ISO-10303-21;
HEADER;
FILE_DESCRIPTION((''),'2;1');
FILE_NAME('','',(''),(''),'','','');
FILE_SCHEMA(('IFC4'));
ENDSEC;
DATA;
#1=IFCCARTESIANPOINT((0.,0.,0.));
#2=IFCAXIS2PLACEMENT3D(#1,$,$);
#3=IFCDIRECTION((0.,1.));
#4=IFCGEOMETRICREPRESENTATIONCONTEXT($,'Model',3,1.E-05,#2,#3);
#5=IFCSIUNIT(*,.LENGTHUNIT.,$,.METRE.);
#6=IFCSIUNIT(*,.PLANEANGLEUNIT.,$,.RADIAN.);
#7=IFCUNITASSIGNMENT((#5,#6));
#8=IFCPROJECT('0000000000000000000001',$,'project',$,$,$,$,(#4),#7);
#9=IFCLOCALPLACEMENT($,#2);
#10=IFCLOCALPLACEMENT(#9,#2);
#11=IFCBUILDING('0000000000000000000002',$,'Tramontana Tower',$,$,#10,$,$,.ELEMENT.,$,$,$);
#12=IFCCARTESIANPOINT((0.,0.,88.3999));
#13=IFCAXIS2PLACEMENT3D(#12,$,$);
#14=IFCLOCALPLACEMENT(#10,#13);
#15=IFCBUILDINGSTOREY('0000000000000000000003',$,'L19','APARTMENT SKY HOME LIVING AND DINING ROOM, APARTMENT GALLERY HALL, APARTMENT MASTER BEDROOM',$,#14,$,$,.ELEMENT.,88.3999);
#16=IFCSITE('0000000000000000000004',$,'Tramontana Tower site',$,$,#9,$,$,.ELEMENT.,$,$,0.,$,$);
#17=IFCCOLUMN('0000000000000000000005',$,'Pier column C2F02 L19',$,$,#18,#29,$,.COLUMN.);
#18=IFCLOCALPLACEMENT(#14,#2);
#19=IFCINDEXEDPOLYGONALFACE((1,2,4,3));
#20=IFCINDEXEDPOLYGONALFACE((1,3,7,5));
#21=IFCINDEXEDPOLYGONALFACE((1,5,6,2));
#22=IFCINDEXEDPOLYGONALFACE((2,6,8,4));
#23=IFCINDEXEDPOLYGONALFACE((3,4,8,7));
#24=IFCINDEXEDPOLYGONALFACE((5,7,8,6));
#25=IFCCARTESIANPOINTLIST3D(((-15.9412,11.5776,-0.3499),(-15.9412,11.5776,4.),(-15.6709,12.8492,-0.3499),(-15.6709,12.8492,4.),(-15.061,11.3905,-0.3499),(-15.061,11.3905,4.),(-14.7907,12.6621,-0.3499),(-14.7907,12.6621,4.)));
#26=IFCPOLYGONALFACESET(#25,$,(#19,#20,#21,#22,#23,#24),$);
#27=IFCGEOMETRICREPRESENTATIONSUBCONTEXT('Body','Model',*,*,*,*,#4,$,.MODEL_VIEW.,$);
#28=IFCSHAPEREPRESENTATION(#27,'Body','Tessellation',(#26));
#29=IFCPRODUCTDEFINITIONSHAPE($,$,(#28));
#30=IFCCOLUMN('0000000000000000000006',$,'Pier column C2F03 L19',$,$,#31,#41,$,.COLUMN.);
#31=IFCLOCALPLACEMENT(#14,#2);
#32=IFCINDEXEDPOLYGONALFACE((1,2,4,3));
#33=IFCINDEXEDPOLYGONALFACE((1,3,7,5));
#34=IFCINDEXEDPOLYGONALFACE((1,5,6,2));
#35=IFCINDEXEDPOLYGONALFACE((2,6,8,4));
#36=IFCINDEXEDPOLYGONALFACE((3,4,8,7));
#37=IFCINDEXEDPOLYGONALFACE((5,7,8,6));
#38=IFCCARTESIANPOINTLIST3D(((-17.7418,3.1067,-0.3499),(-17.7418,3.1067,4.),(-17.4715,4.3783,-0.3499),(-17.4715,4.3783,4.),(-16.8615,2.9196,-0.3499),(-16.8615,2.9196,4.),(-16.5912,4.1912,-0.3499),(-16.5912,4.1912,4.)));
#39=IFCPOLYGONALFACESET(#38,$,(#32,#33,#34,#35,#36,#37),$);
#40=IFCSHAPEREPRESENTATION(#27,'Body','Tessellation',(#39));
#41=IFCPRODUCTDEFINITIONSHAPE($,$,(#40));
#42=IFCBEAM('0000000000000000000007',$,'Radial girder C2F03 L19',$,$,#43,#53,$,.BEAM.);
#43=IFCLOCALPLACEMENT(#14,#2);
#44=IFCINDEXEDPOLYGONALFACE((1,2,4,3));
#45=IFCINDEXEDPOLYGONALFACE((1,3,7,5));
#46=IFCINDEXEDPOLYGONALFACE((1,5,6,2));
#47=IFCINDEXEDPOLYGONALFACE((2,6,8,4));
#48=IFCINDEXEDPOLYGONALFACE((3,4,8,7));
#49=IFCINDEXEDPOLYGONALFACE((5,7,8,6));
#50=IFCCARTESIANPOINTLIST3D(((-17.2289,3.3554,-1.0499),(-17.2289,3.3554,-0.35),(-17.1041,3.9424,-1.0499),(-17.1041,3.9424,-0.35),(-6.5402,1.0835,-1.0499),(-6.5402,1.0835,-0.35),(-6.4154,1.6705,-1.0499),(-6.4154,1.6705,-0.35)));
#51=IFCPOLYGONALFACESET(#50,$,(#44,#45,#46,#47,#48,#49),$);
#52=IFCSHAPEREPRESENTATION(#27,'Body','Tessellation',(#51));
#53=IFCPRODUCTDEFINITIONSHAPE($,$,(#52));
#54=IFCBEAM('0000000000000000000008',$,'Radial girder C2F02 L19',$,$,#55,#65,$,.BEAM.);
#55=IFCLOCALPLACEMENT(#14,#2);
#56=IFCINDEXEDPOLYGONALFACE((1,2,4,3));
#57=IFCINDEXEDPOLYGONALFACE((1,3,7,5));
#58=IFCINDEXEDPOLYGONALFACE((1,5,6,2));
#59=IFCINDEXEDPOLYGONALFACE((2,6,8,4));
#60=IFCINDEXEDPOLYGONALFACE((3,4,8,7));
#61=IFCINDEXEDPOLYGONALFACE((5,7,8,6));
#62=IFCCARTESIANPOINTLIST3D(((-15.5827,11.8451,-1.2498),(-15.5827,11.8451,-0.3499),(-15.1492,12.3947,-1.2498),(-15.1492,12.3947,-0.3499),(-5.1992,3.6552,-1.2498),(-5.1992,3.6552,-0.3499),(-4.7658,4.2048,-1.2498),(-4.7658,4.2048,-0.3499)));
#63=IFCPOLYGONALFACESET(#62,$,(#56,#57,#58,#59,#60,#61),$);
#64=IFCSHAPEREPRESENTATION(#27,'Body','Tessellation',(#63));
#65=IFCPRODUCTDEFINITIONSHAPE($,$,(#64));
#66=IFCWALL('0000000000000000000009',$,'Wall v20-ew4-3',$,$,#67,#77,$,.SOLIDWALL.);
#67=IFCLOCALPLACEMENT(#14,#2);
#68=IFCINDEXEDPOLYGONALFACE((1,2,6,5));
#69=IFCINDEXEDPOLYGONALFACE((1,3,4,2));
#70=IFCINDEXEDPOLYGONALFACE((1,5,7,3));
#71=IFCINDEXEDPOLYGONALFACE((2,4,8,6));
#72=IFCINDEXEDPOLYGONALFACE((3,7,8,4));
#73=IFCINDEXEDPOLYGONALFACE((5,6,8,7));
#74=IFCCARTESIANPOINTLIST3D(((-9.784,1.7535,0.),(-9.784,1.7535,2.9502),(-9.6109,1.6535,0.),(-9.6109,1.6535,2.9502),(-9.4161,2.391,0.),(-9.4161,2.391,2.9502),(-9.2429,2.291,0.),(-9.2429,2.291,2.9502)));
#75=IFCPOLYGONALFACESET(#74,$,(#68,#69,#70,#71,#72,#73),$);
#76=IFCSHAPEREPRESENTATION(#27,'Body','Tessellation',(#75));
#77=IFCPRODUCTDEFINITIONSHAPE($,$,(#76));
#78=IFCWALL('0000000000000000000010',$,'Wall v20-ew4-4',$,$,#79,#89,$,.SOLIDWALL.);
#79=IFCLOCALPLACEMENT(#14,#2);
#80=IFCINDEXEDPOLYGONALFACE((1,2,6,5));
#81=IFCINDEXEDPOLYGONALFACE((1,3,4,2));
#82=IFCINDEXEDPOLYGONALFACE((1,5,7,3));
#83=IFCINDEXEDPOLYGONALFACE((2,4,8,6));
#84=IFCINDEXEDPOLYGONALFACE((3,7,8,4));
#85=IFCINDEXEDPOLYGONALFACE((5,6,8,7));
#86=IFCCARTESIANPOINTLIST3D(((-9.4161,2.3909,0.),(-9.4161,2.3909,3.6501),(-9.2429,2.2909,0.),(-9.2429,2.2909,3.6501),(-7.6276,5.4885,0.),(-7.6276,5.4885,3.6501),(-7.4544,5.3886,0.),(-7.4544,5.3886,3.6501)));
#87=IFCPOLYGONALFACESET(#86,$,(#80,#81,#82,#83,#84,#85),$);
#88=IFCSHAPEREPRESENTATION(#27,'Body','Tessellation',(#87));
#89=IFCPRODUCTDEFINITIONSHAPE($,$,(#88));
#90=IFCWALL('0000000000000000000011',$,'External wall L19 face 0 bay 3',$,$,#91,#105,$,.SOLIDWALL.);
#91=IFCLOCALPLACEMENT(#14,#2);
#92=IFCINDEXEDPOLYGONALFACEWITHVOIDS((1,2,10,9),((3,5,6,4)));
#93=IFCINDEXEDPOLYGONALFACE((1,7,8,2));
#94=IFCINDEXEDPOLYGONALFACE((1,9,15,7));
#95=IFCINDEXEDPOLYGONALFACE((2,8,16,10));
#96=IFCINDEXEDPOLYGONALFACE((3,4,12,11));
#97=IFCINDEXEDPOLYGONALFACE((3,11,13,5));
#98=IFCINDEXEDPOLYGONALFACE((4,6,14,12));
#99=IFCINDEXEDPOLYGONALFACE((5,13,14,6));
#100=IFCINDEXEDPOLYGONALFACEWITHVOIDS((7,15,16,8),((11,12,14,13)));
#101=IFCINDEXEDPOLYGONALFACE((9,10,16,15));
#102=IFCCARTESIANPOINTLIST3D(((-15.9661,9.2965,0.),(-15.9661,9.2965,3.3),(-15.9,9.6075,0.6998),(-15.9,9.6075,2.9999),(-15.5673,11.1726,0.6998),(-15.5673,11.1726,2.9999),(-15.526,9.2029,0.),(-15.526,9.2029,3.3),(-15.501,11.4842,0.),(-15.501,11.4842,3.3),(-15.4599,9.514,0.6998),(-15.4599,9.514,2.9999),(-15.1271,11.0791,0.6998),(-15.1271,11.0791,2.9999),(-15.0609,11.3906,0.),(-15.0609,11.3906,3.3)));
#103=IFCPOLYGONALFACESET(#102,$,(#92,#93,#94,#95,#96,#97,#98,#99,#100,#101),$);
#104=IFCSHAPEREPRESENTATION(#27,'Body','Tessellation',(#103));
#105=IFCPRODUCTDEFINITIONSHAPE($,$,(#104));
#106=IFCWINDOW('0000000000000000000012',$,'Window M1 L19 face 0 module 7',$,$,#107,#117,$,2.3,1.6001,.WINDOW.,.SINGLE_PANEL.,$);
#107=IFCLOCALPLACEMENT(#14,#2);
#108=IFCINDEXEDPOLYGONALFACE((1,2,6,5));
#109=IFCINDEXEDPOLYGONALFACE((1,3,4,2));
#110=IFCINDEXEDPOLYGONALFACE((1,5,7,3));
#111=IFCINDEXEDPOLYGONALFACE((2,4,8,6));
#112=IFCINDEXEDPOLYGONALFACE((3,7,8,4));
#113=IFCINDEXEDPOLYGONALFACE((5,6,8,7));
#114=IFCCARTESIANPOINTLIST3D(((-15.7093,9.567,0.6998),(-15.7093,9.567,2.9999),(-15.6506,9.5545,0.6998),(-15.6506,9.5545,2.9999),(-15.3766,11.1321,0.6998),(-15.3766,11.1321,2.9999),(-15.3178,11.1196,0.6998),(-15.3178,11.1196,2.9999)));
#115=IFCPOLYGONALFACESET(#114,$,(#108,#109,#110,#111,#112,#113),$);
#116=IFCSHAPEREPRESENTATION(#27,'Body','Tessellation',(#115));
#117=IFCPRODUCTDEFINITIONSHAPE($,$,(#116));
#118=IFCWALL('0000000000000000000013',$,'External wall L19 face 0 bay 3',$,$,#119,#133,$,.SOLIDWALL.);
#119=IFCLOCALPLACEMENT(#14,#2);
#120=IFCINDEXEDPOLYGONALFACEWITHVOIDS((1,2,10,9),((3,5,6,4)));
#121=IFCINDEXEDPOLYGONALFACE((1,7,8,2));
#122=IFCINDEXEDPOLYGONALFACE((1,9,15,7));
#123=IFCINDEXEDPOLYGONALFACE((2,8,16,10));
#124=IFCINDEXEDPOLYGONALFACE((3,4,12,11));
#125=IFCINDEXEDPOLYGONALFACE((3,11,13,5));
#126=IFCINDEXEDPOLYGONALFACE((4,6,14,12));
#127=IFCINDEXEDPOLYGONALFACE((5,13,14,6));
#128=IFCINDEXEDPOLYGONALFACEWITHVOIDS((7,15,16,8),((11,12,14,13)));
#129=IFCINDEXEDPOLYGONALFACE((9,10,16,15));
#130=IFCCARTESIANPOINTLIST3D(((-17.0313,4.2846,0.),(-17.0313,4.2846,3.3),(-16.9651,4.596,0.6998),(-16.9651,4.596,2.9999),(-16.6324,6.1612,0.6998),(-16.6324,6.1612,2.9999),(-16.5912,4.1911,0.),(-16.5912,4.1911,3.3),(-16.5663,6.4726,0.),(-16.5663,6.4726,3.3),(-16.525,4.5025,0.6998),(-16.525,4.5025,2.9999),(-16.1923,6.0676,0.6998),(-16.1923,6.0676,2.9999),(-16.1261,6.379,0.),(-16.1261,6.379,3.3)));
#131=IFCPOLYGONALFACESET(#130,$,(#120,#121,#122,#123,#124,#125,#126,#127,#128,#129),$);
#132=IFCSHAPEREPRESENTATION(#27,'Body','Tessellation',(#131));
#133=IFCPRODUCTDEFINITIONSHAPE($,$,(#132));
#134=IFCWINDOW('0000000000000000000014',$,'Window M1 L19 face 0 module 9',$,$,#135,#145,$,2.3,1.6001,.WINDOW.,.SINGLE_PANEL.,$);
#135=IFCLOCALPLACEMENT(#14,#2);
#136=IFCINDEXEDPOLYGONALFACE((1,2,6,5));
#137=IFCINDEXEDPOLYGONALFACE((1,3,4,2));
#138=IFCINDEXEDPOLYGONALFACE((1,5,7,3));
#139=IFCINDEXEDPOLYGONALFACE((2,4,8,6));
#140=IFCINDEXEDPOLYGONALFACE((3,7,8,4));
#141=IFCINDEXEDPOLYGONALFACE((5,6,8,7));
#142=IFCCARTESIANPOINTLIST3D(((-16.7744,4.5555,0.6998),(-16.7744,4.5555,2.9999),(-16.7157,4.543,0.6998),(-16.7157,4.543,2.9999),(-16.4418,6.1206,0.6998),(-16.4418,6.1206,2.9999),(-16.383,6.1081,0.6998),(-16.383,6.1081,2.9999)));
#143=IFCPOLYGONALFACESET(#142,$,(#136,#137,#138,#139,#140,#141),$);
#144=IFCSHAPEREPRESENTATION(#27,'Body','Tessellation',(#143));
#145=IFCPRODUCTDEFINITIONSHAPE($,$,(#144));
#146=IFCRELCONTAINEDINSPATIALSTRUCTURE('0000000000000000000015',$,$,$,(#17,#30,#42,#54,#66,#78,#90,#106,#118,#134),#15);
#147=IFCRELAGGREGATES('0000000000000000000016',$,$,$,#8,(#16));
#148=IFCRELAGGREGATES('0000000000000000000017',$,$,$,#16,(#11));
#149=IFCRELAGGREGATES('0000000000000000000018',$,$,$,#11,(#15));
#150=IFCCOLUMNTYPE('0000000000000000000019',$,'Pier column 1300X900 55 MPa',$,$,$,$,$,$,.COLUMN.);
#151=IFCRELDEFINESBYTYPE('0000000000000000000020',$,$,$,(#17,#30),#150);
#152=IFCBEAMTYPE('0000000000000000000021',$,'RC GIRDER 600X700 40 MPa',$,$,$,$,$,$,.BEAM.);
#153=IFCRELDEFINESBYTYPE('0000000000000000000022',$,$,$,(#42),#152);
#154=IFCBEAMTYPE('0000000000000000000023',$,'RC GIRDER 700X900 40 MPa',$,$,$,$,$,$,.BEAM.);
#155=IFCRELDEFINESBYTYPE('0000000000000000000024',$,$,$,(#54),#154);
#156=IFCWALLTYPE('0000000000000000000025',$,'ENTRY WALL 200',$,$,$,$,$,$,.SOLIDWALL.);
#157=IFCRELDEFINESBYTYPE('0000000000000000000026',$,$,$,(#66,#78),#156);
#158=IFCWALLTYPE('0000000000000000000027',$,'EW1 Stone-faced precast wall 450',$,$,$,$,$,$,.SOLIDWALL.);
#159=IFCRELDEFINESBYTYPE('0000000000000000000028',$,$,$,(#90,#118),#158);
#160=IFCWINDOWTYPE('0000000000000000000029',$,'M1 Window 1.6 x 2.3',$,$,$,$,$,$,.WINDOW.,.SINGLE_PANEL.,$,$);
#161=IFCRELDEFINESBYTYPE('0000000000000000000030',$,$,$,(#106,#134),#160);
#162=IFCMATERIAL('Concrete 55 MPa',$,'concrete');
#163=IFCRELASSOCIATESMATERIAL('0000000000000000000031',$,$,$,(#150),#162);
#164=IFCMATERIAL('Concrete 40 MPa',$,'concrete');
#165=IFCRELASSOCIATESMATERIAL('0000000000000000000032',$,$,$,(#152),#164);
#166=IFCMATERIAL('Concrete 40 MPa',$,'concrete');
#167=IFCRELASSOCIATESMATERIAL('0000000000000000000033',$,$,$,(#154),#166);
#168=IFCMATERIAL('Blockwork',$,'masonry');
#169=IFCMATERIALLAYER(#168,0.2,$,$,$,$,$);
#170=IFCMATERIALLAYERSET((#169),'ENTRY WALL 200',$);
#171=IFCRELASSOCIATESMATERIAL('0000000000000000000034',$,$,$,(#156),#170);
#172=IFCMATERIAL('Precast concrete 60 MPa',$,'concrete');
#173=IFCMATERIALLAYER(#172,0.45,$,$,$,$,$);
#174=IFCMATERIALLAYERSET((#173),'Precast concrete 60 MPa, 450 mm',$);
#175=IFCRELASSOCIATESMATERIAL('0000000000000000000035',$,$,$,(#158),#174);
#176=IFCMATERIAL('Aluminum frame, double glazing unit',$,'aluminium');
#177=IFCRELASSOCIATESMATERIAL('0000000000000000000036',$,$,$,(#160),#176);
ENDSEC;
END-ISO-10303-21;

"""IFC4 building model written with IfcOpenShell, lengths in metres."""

from ifc_helpers import new_model, si_unit, direction, frame, frame_2d, origin, origin_2d, place, context, subcontext, project, spatial, rectangle, extrude, material, layer, layer_set, material_profile, profile_set, type_object, element, fill, save


model = new_model("IFC4")

# Units and contexts
model_context = context("Model", 3, precision=1e-05, world=origin(), true_north=direction((0.0, 1.0)))
body_context = subcontext(model_context, "Body", "Model", "MODEL_VIEW")
ifc_project = project(units=[si_unit("LENGTHUNIT", "METRE"), si_unit("PLANEANGLEUNIT", "RADIAN")], contexts=[model_context])

# Site, building, storey
site_placement = place(None, origin())
site = spatial("IfcSite", under=ifc_project, at=site_placement, Name="Tramontana Tower site", CompositionType="ELEMENT", RefElevation=0.0)
building_placement = place(site_placement, origin())
building = spatial("IfcBuilding", under=site, at=building_placement, Name="Tramontana Tower", CompositionType="ELEMENT")
storey_placement = place(building_placement, frame((0.0, 0.0, 88.3999)))
storey = spatial("IfcBuildingStorey", under=building, at=storey_placement, Name="L19", Description="APARTMENT SKY HOME LIVING AND DINING ROOM, APARTMENT GALLERY HALL, APARTMENT MASTER BEDROOM", CompositionType="ELEMENT", Elevation=88.3999)

# Columns
ifc_material_1 = material(Name="Concrete 55 MPa", Category="concrete")
ifc_material_profile_1 = material_profile(ifc_material_1, rectangle(XDim=1.3, YDim=0.8999, at=origin_2d()), Name="Pier column 1300X900 55 MPa")
ifc_profile_set_1 = profile_set([ifc_material_profile_1], Name="Concrete 55 MPa")
column_type = type_object("IfcColumnType", Name="Pier column 1300X900 55 MPa", PredefinedType="COLUMN", material=ifc_profile_set_1)
for number, where, z_axis, x_axis, name in (
    (1, (-15.366, 12.1199, -0.3499), (0.0, 0.0, 1.0), (-0.207912, -0.978148, 0.0), "Pier column C2F02 L19"),
    (2, (-17.1665, 3.6489, -0.3499), (0.0, 0.0, 1.0), (-0.207912, -0.978148, 0.0), "Pier column C2F03 L19"),
):
    element("IfcColumn", number, at=place(storey_placement, frame(where, z_axis=z_axis, x_axis=x_axis)), inside=storey, type_object=column_type, Name=name, PredefinedType="COLUMN", context=body_context, shape_type="SweptSolid", body=[
        extrude(rectangle(XDim=1.3, YDim=0.8999, at=origin_2d()), origin(), (0.0, 0.0, 1.0), 4.3499),
    ])

# Beams
ifc_material_2 = material(Name="Concrete 40 MPa", Category="concrete")
ifc_material_profile_2 = material_profile(ifc_material_2, rectangle(XDim=0.6001, YDim=0.7, at=origin_2d()), Name="RC GIRDER 600X700 40 MPa")
ifc_profile_set_2 = profile_set([ifc_material_profile_2], Name="Concrete 40 MPa")
beam_type_1 = type_object("IfcBeamType", Name="RC GIRDER 600X700 40 MPa", PredefinedType="BEAM", material=ifc_profile_set_2)
beam_1_placement = place(storey_placement, frame((-17.1665, 3.6489, -0.7), z_axis=(0.978147, -0.207913, 0.0), x_axis=(0.207913, 0.978147, 0.0)))
element("IfcBeam", 3, at=beam_1_placement, inside=storey, type_object=beam_type_1, Name="Radial girder C2F03 L19", PredefinedType="BEAM", context=body_context, shape_type="SweptSolid", body=[
    extrude(rectangle(XDim=0.6001, YDim=0.7, at=origin_2d()), origin(), (0.0, 0.0, 1.0), 10.9275),
])
ifc_material_3 = material(Name="Concrete 40 MPa", Category="concrete")
ifc_material_profile_3 = material_profile(ifc_material_3, rectangle(XDim=0.7, YDim=0.8999, at=origin_2d()), Name="RC GIRDER 700X900 40 MPa")
ifc_profile_set_3 = profile_set([ifc_material_profile_3], Name="Concrete 40 MPa")
beam_type_2 = type_object("IfcBeamType", Name="RC GIRDER 700X900 40 MPa", PredefinedType="BEAM", material=ifc_profile_set_3)
beam_2_placement = place(storey_placement, frame((-15.366, 12.1199, -0.7998), z_axis=(0.785162, -0.61929, 0.0), x_axis=(0.61929, 0.785162, 0.0)))
element("IfcBeam", 4, at=beam_2_placement, inside=storey, type_object=beam_type_2, Name="Radial girder C2F02 L19", PredefinedType="BEAM", context=body_context, shape_type="SweptSolid", body=[
    extrude(rectangle(XDim=0.7, YDim=0.8999, at=origin_2d()), origin(), (0.0, 0.0, 1.0), 13.2246),
])

# Walls
ifc_material_4 = material(Name="Blockwork", Category="masonry")
ifc_layer_1 = layer(ifc_material_4, 0.2)
ifc_layer_set_1 = layer_set([ifc_layer_1], Name="ENTRY WALL 200")
wall_type_1 = type_object("IfcWallType", Name="ENTRY WALL 200", PredefinedType="SOLIDWALL", material=ifc_layer_set_1)
wall_1_placement = place(storey_placement, frame((-9.6975, 1.7034, 0.0), z_axis=(0.0, 0.0, 1.0), x_axis=(0.499885, 0.866092, 0.0)))
element("IfcWall", 5, at=wall_1_placement, inside=storey, type_object=wall_type_1, Name="Wall v20-ew4-3", PredefinedType="SOLIDWALL", context=body_context, shape_type="SweptSolid", body=[
    extrude(rectangle(XDim=0.7361, YDim=0.2, at=frame_2d((0.3682, 0.0))), origin(), (0.0, 0.0, 1.0), 2.9502),
])
wall_2_placement = place(storey_placement, frame((-9.3296, 2.3408, 0.0), z_axis=(0.0, 0.0, 1.0), x_axis=(0.50003, 0.866008, 0.0)))
element("IfcWall", 6, at=wall_2_placement, inside=storey, type_object=wall_type_1, Name="Wall v20-ew4-4", PredefinedType="SOLIDWALL", context=body_context, shape_type="SweptSolid", body=[
    extrude(rectangle(XDim=3.5769, YDim=0.2, at=frame_2d((1.7886, 0.0))), origin(), (0.0, 0.0, 1.0), 3.6501),
])

# Walls, openings, windows
ifc_material_5 = material(Name="Precast concrete 60 MPa", Category="concrete")
ifc_layer_2 = layer(ifc_material_5, 0.45)
ifc_layer_set_2 = layer_set([ifc_layer_2], Name="Precast concrete 60 MPa, 450 mm")
wall_type_2 = type_object("IfcWallType", Name="EW1 Stone-faced precast wall 450", PredefinedType="SOLIDWALL", material=ifc_layer_set_2)
wall_3_placement = place(storey_placement, frame((-15.281, 11.4373, 0.0), z_axis=(0.0, 0.0, 1.0), x_axis=(-0.207941, -0.978141, 0.0)))
wall_3 = element("IfcWall", 7, at=wall_3_placement, inside=storey, type_object=wall_type_2, Name="External wall L19 face 0 bay 3", PredefinedType="SOLIDWALL", context=body_context, shape_type="SweptSolid", body=[
    extrude(rectangle(XDim=2.2366, YDim=0.45, at=frame_2d((1.1182, 0.0))), origin(), (0.0, 0.0, 1.0), 3.3),
])
opening_1_placement = place(wall_3_placement, frame((0.3184, 0.0, 0.7)))
opening_1 = element("IfcOpeningElement", 8, at=opening_1_placement, cuts=wall_3, PredefinedType="OPENING", context=body_context, shape_type="SweptSolid", body=[
    extrude(rectangle(XDim=1.6001, YDim=2.3, at=frame_2d((0.8, 1.1499))), frame((0.0, 0.2349, 0.0), z_axis=(0.0, -1.0, 0.0), x_axis=(1.0, 0.0, 0.0)), (0.0, 0.0, 1.0), 0.47),
])
ifc_material_6 = material(Name="Aluminum frame, double glazing unit", Category="aluminium")
window_type = type_object("IfcWindowType", Name="M1 Window 1.6 x 2.3", PartitioningType="SINGLE_PANEL", PredefinedType="WINDOW", material=ifc_material_6)
window_1_placement = place(opening_1_placement, origin())
window_1 = element("IfcWindow", 9, at=window_1_placement, inside=storey, type_object=window_type, Name="Window M1 L19 face 0 module 7", OverallHeight=2.3, OverallWidth=1.6001, PartitioningType="SINGLE_PANEL", PredefinedType="WINDOW", context=body_context, shape_type="SweptSolid", body=[
    extrude(rectangle(XDim=1.6001, YDim=2.3, at=frame_2d((0.8, 1.1499))), frame((0.0, 0.03, 0.0), z_axis=(0.0, -1.0, 0.0), x_axis=(1.0, 0.0, 0.0)), (0.0, 0.0, 1.0), 0.0601),
])
fill(opening_1, window_1)
wall_4_placement = place(storey_placement, frame((-16.3462, 6.4258, 0.0), z_axis=(0.0, 0.0, 1.0), x_axis=(-0.207919, -0.978146, 0.0)))
wall_4 = element("IfcWall", 10, at=wall_4_placement, inside=storey, type_object=wall_type_2, Name="External wall L19 face 0 bay 3", PredefinedType="SOLIDWALL", context=body_context, shape_type="SweptSolid", body=[
    extrude(rectangle(XDim=2.2368, YDim=0.45, at=frame_2d((1.1184, 0.0))), origin(), (0.0, 0.0, 1.0), 3.3),
])
opening_2_placement = place(wall_4_placement, frame((0.3184, 0.0, 0.7)))
opening_2 = element("IfcOpeningElement", 11, at=opening_2_placement, cuts=wall_4, PredefinedType="OPENING", context=body_context, shape_type="SweptSolid", body=[
    extrude(rectangle(XDim=1.6001, YDim=2.3, at=frame_2d((0.8, 1.1499))), frame((0.0, 0.2349, 0.0), z_axis=(0.0, -1.0, 0.0), x_axis=(1.0, 0.0, 0.0)), (0.0, 0.0, 1.0), 0.47),
])
window_2_placement = place(opening_2_placement, origin())
window_2 = element("IfcWindow", 12, at=window_2_placement, inside=storey, type_object=window_type, Name="Window M1 L19 face 0 module 9", OverallHeight=2.3, OverallWidth=1.6001, PartitioningType="SINGLE_PANEL", PredefinedType="WINDOW", context=body_context, shape_type="SweptSolid", body=[
    extrude(rectangle(XDim=1.6001, YDim=2.3, at=frame_2d((0.8, 1.1499))), frame((0.0, 0.03, 0.0), z_axis=(0.0, -1.0, 0.0), x_axis=(1.0, 0.0, 0.0)), (0.0, 0.0, 1.0), 0.0601),
])
fill(opening_2, window_2)

save(model, "model.ifc")
